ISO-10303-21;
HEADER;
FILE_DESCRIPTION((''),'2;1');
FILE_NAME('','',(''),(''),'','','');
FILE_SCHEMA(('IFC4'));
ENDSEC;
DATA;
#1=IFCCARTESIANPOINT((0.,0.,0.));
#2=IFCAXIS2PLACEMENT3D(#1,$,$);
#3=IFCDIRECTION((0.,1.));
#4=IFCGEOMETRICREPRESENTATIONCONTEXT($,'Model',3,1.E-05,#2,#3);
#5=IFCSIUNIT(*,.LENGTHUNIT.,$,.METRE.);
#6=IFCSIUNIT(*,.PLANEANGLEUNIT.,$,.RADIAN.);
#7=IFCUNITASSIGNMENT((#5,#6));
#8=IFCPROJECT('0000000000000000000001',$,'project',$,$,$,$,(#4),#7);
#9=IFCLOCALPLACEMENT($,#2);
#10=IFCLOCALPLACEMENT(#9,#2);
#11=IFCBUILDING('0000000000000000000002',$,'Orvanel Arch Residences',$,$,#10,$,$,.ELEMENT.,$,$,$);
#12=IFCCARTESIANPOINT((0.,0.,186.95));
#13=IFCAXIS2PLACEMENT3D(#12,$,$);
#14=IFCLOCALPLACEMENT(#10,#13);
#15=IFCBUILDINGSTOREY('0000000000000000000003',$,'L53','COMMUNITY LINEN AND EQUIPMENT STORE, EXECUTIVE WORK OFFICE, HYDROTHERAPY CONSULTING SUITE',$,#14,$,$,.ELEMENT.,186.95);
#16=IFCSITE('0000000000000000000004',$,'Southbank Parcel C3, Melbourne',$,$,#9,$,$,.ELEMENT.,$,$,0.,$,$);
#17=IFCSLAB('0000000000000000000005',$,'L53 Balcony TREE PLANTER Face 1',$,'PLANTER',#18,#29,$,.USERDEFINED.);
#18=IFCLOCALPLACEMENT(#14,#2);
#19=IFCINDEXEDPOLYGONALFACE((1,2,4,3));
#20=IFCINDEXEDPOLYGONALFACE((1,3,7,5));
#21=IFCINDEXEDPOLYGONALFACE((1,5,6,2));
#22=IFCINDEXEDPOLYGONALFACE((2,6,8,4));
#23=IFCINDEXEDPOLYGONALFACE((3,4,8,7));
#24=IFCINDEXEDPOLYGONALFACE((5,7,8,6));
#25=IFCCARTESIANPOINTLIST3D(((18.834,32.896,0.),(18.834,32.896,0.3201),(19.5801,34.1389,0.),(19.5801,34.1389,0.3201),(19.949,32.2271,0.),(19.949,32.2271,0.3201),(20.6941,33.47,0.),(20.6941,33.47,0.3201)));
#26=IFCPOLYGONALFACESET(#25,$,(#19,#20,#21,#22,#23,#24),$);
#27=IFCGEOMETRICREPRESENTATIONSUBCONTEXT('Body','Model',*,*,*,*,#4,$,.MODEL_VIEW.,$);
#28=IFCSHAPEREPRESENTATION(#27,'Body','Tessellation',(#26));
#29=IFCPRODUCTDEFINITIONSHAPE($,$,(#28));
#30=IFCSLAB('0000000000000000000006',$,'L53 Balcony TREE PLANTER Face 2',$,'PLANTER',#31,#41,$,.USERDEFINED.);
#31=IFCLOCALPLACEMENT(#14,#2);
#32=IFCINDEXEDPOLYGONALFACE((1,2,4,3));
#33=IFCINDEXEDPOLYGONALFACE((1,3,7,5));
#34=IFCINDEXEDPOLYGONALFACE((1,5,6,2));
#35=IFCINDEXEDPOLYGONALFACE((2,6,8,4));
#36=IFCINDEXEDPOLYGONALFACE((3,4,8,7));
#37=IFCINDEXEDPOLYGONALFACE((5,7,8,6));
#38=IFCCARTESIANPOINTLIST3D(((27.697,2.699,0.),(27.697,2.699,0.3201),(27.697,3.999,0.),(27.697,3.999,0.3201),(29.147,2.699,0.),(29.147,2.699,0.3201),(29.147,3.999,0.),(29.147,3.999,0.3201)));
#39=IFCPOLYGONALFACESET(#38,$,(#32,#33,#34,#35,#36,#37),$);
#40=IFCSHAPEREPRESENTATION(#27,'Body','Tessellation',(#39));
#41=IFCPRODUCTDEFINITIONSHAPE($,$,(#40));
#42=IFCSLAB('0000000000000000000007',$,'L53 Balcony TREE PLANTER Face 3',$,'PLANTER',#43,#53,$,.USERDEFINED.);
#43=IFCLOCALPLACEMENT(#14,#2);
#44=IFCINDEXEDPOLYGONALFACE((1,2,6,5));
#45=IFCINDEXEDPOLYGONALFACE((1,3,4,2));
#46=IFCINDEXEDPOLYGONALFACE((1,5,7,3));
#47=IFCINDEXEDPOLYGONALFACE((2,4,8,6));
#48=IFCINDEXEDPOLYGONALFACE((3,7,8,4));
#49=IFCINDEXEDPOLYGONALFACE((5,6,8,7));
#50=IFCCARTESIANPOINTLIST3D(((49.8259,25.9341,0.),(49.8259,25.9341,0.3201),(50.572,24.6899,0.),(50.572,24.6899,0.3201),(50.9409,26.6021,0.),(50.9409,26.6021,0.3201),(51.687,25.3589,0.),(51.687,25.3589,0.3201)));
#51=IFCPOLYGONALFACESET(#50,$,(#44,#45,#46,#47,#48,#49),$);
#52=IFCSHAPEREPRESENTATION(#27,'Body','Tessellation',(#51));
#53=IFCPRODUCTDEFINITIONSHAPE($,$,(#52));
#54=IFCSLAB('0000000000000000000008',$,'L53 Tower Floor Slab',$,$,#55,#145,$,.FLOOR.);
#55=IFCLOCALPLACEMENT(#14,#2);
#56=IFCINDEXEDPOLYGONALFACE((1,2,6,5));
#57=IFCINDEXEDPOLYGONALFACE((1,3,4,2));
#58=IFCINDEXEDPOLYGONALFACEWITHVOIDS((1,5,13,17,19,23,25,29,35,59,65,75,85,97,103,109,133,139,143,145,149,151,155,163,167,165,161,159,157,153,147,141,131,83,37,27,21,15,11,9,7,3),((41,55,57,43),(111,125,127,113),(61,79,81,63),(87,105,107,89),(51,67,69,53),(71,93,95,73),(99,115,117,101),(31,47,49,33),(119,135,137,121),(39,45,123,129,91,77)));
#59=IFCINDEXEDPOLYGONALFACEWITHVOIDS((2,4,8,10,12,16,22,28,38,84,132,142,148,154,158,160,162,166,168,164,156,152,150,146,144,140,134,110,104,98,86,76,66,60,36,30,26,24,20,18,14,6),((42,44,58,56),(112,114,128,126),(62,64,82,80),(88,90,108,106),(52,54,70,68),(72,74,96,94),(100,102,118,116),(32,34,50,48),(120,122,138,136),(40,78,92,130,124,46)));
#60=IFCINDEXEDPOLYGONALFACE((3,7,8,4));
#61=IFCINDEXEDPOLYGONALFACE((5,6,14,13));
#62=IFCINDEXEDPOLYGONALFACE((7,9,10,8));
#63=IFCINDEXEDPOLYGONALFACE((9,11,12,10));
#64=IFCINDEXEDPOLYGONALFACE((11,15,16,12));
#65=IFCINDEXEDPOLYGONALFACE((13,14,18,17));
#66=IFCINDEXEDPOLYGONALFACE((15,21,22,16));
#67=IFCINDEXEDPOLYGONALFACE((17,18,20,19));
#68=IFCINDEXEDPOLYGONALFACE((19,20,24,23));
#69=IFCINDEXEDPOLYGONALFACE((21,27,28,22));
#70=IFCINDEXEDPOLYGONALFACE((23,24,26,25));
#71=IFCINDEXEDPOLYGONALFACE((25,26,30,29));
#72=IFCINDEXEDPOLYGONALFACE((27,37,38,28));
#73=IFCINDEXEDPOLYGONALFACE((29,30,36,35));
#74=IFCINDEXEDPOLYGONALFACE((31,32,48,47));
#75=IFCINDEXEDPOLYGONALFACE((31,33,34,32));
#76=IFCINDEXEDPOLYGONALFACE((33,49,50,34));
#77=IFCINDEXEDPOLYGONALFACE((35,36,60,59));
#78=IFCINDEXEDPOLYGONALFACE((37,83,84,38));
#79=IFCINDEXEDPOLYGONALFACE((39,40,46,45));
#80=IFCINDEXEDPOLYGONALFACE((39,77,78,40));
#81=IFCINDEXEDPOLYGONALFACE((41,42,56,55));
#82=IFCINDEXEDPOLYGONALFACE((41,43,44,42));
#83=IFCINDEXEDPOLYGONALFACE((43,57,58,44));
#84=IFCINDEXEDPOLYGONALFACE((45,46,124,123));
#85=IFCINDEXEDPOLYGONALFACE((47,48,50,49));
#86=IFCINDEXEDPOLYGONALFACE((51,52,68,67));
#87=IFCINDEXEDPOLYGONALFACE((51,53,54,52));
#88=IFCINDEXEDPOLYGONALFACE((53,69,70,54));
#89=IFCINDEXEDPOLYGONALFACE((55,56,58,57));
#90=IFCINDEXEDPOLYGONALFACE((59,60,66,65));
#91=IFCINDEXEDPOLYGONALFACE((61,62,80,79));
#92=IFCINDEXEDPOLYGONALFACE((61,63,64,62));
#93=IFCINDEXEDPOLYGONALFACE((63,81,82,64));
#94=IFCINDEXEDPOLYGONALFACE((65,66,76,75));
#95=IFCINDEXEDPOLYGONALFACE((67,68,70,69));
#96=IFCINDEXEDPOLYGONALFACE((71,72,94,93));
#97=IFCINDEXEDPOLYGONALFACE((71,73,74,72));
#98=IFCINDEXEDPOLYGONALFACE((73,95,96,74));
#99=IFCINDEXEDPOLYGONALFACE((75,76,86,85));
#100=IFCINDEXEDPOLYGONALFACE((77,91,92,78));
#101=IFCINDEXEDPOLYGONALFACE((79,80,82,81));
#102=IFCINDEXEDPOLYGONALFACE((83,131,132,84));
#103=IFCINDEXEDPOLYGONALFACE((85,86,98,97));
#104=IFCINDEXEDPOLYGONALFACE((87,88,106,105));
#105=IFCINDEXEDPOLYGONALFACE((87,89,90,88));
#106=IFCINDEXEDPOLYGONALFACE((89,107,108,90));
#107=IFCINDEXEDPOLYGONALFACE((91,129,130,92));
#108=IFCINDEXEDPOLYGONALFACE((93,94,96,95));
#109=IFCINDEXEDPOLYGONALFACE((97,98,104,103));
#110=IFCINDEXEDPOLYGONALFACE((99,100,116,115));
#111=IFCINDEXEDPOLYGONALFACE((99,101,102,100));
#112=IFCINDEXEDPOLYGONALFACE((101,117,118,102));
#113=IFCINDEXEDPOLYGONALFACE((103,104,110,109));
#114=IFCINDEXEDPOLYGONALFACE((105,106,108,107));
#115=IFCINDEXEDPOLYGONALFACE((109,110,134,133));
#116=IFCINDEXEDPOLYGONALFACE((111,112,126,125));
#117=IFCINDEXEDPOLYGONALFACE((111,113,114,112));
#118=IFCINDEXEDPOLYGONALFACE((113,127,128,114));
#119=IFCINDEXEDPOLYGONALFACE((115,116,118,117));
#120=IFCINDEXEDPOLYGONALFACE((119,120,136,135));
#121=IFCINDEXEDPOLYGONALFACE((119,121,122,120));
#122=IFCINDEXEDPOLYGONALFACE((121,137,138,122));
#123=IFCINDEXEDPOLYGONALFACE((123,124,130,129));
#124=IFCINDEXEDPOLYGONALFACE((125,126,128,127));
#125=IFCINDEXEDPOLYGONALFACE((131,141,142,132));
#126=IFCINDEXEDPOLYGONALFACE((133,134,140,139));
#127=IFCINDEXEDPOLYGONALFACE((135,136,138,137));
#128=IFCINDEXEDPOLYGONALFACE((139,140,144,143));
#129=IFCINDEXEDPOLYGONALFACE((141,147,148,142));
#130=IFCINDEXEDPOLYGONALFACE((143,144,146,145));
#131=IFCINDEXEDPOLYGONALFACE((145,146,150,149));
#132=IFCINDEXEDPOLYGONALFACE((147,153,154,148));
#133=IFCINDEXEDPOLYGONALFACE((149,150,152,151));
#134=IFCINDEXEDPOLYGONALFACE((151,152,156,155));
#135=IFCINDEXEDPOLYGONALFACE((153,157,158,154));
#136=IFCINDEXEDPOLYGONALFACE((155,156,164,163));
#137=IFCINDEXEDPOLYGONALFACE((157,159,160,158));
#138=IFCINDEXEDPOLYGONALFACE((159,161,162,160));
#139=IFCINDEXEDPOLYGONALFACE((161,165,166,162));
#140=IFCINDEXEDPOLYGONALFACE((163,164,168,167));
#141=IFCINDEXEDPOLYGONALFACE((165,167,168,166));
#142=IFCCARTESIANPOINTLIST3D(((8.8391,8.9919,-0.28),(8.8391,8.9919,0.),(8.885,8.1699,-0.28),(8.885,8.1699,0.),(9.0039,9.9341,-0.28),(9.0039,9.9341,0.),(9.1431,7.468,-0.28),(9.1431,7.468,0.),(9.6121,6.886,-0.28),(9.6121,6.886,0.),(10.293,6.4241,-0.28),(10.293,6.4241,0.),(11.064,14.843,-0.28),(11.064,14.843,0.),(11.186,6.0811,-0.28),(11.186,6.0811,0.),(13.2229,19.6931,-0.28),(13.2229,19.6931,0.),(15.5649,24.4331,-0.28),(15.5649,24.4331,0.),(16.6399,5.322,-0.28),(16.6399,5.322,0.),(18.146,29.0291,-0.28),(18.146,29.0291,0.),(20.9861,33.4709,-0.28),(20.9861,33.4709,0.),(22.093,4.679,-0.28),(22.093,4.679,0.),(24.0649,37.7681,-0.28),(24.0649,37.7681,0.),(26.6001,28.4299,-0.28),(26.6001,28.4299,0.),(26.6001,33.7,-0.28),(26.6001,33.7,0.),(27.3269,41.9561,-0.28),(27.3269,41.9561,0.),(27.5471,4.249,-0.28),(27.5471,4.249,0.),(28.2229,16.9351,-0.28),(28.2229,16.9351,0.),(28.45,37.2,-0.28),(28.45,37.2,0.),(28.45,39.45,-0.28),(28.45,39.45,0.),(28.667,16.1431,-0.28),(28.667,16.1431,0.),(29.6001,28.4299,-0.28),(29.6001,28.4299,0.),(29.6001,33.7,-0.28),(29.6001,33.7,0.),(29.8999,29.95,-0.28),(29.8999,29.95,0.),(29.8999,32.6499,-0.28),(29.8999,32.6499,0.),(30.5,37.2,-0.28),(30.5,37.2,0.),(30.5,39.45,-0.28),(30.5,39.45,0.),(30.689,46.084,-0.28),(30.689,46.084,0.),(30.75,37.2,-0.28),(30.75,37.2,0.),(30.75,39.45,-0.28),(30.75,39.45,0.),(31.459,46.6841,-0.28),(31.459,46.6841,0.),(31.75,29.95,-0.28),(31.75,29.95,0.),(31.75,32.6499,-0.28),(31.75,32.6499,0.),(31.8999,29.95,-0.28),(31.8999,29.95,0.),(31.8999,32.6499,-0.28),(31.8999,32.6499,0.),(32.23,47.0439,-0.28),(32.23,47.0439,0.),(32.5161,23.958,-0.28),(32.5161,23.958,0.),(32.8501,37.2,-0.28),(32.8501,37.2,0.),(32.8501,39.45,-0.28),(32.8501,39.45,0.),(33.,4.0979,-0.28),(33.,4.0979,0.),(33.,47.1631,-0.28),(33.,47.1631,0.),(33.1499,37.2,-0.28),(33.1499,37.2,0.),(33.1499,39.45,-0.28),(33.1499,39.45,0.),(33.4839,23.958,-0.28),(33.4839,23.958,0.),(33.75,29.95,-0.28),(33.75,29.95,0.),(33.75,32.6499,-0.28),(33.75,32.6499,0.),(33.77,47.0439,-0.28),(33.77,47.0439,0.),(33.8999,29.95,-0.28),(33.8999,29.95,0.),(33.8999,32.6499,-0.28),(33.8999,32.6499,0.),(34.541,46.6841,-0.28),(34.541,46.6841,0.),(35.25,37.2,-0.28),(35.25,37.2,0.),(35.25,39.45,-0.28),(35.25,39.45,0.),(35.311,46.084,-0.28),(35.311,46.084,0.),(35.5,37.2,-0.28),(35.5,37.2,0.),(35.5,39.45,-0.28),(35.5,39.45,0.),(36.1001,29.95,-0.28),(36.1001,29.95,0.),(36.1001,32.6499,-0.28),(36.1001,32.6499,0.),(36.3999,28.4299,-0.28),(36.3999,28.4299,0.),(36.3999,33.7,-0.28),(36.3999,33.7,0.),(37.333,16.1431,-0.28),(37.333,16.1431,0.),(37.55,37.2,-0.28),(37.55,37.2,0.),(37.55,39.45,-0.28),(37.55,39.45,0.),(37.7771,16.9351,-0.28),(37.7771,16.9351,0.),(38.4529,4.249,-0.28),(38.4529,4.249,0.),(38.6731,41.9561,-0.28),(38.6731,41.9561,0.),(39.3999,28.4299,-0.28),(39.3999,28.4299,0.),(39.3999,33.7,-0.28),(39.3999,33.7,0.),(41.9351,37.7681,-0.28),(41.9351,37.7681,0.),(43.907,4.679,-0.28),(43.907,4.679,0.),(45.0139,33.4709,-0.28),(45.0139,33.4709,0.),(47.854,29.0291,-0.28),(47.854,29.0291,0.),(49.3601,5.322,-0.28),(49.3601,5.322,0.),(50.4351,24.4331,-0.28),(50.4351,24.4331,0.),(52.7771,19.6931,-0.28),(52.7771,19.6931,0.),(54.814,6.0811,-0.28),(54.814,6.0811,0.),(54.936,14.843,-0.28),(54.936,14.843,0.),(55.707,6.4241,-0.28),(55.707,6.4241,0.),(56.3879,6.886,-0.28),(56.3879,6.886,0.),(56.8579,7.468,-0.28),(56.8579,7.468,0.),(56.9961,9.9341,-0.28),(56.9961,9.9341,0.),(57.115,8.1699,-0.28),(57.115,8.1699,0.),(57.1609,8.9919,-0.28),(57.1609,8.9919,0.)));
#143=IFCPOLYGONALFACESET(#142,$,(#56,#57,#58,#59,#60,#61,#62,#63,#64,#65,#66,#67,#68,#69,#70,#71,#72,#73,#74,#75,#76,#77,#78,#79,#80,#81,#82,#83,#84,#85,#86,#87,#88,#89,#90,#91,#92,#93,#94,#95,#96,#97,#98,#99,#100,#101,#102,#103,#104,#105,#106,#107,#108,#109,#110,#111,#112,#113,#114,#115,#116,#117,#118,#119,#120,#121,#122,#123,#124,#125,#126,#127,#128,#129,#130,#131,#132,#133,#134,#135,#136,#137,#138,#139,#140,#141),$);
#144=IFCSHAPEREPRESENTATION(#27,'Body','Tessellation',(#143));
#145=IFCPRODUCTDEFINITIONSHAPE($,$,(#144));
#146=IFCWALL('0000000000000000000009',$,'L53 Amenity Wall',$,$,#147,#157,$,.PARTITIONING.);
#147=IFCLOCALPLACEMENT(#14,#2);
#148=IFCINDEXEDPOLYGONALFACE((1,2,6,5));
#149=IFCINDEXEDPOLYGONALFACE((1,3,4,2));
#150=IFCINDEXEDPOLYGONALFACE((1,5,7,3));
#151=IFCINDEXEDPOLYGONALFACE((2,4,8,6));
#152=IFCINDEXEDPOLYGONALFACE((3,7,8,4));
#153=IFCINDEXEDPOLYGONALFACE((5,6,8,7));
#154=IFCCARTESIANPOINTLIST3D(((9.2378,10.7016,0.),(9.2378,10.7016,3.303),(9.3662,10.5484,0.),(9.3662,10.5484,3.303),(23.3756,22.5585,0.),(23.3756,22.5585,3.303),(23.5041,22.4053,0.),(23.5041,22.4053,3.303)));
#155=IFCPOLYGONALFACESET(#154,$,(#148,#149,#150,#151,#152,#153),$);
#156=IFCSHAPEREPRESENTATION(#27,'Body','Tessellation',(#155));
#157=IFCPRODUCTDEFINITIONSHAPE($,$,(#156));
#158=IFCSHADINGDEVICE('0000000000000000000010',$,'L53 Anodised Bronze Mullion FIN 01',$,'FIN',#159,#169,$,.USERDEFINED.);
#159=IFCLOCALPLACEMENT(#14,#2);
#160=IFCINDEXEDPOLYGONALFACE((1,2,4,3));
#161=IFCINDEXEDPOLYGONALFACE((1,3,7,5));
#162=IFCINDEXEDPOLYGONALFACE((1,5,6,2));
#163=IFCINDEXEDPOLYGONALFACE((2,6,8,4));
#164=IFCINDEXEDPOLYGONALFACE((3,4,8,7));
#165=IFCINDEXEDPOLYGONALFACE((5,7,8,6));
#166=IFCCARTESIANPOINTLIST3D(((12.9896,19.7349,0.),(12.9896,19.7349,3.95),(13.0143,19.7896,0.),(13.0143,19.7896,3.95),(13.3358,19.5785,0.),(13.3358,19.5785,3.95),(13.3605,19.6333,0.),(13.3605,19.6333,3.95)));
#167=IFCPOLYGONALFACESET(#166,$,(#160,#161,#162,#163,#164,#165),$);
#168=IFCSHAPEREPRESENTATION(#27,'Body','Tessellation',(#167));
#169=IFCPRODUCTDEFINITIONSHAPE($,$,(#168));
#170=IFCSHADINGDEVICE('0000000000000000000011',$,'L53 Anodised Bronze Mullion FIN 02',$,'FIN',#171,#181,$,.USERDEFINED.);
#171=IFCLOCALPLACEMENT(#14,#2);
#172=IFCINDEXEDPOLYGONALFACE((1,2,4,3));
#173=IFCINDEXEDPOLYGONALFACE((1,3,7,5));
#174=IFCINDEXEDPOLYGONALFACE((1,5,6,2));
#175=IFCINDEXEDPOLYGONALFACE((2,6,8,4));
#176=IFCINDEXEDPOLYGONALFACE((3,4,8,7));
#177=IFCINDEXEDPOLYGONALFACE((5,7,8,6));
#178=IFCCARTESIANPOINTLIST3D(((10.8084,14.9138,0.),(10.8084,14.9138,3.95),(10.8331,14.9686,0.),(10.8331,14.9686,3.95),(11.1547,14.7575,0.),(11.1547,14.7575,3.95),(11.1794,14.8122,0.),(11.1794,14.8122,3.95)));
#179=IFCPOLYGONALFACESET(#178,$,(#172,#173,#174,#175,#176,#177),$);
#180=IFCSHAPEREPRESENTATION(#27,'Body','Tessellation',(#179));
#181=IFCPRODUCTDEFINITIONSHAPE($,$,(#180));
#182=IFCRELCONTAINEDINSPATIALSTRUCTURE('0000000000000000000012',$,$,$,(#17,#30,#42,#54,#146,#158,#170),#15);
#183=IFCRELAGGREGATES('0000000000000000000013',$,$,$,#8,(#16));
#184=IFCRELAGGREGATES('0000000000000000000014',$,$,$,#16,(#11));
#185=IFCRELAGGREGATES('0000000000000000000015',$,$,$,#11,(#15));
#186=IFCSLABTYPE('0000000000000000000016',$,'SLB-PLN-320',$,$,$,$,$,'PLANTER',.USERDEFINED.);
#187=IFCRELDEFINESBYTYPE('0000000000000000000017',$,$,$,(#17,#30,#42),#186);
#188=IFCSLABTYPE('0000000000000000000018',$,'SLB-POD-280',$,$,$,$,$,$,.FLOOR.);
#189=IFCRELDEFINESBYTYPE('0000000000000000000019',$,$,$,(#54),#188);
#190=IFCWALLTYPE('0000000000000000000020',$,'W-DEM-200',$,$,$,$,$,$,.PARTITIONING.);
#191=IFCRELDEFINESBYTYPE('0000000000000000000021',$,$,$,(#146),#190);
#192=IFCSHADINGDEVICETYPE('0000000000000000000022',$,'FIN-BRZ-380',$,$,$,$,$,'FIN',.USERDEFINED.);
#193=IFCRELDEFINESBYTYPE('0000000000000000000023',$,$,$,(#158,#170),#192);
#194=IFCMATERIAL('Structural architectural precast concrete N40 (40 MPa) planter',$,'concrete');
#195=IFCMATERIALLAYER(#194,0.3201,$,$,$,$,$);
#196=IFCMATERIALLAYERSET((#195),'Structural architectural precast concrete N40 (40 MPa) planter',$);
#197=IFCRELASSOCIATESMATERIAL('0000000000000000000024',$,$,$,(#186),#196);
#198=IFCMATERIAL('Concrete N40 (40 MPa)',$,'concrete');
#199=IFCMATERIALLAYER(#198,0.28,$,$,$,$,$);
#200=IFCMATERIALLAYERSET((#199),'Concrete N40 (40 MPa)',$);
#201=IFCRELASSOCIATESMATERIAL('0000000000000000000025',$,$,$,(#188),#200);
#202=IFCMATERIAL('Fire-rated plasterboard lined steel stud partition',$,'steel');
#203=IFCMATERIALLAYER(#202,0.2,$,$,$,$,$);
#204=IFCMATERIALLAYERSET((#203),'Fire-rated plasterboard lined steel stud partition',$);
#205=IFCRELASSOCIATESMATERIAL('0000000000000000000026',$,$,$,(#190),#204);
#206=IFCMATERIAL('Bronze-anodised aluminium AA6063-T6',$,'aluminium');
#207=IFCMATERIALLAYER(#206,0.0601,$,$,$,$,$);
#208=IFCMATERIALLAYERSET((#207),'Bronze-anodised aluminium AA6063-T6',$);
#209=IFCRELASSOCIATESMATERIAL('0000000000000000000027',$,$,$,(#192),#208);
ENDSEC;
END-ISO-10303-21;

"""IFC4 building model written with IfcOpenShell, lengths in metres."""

from ifc_helpers import new_model, si_unit, direction, frame, frame_2d, origin, origin_2d, place, context, subcontext, project, spatial, polyline, rectangle, outline, extrude, material, layer, layer_set, type_object, element, save


model = new_model("IFC4")

# Units and contexts
model_context = context("Model", 3, precision=1e-05, world=origin(), true_north=direction((0.0, 1.0)))
body_context = subcontext(model_context, "Body", "Model", "MODEL_VIEW")
ifc_project = project(units=[si_unit("LENGTHUNIT", "METRE"), si_unit("PLANEANGLEUNIT", "RADIAN")], contexts=[model_context])

# Site, building, storey
site_placement = place(None, origin())
site = spatial("IfcSite", under=ifc_project, at=site_placement, Name="Southbank Parcel C3, Melbourne", CompositionType="ELEMENT", RefElevation=0.0)
building_placement = place(site_placement, origin())
building = spatial("IfcBuilding", under=site, at=building_placement, Name="Orvanel Arch Residences", CompositionType="ELEMENT")
storey_placement = place(building_placement, frame((0.0, 0.0, 186.95)))
storey = spatial("IfcBuildingStorey", under=building, at=storey_placement, Name="L53", Description="COMMUNITY LINEN AND EQUIPMENT STORE, EXECUTIVE WORK OFFICE, HYDROTHERAPY CONSULTING SUITE", CompositionType="ELEMENT", Elevation=186.95)

# Shared definitions
ifc_material_1 = material(Name="Bronze-anodised aluminium AA6063-T6", Category="aluminium")

# Shared definitions
ifc_material_2 = material(Name="Concrete N40 (40 MPa)", Category="concrete")

# Slabs
ifc_material_3 = material(Name="Structural architectural precast concrete N40 (40 MPa) planter", Category="concrete")
ifc_layer_1 = layer(ifc_material_3, 0.3201)
ifc_layer_set_1 = layer_set([ifc_layer_1], Name="Structural architectural precast concrete N40 (40 MPa) planter")
slab_type_1 = type_object("IfcSlabType", Name="SLB-PLN-320", ElementType="PLANTER", PredefinedType="USERDEFINED", material=ifc_layer_set_1)
slab_1_placement = place(storey_placement, origin())
element("IfcSlab", 1, at=slab_1_placement, inside=storey, type_object=slab_type_1, Name="L53 Balcony TREE PLANTER Face 1", ObjectType="PLANTER", PredefinedType="USERDEFINED", context=body_context, shape_type="SweptSolid", body=[
    extrude(outline(polyline([(19.5801, 34.1389), (18.834, 32.896), (19.949, 32.2271), (20.6941, 33.47), (19.5801, 34.1389)])), origin(), (0.0, 0.0, 1.0), 0.3201),
])
slab_2_placement = place(storey_placement, origin())
element("IfcSlab", 2, at=slab_2_placement, inside=storey, type_object=slab_type_1, Name="L53 Balcony TREE PLANTER Face 2", ObjectType="PLANTER", PredefinedType="USERDEFINED", context=body_context, shape_type="SweptSolid", body=[
    extrude(outline(polyline([(27.697, 2.699), (29.147, 2.699), (29.147, 3.999), (27.697, 3.999), (27.697, 2.699)])), origin(), (0.0, 0.0, 1.0), 0.3201),
])
slab_3_placement = place(storey_placement, origin())
element("IfcSlab", 3, at=slab_3_placement, inside=storey, type_object=slab_type_1, Name="L53 Balcony TREE PLANTER Face 3", ObjectType="PLANTER", PredefinedType="USERDEFINED", context=body_context, shape_type="SweptSolid", body=[
    extrude(outline(polyline([(51.687, 25.3589), (50.9409, 26.6021), (49.8259, 25.9341), (50.572, 24.6899), (51.687, 25.3589)])), origin(), (0.0, 0.0, 1.0), 0.3201),
])
ifc_layer_2 = layer(ifc_material_2, 0.28)
ifc_layer_set_2 = layer_set([ifc_layer_2], Name="Concrete N40 (40 MPa)")
slab_type_2 = type_object("IfcSlabType", Name="SLB-POD-280", PredefinedType="FLOOR", material=ifc_layer_set_2)
slab_4_placement = place(storey_placement, frame((0.0, 0.0, -0.28)))
element("IfcSlab", 4, at=slab_4_placement, inside=storey, type_object=slab_type_2, Name="L53 Tower Floor Slab", PredefinedType="FLOOR", context=body_context, shape_type="SweptSolid", body=[
    extrude(outline(polyline([(35.311, 46.084), (34.541, 46.6841), (33.77, 47.0439), (33.0, 47.1631), (32.23, 47.0439), (31.459, 46.6841), (30.689, 46.084), (27.3269, 41.9561), (24.0649, 37.7681), (20.9861, 33.4709), (18.146, 29.0291), (15.5649, 24.4331), (13.2229, 19.6931), (11.064, 14.843), (9.0039, 9.9341), (8.8391, 8.9919), (8.885, 8.1699), (9.1431, 7.468), (9.6121, 6.886), (10.293, 6.4241), (11.186, 6.0811), (16.6399, 5.322), (22.093, 4.679), (27.5471, 4.249), (33.0, 4.0979), (38.4529, 4.249), (43.907, 4.679), (49.3601, 5.322), (54.814, 6.0811), (55.707, 6.4241), (56.3879, 6.886), (56.8579, 7.468), (57.115, 8.1699), (57.1609, 8.9919), (56.9961, 9.9341), (54.936, 14.843), (52.7771, 19.6931), (50.4351, 24.4331), (47.854, 29.0291), (45.0139, 33.4709), (41.9351, 37.7681), (38.6731, 41.9561), (35.311, 46.084)]), holes=[polyline([(26.6001, 28.4299), (26.6001, 33.7), (29.6001, 33.7), (29.6001, 28.4299), (26.6001, 28.4299)]), polyline([(36.3999, 28.4299), (36.3999, 33.7), (39.3999, 33.7), (39.3999, 28.4299), (36.3999, 28.4299)]), polyline([(29.8999, 32.6499), (31.75, 32.6499), (31.75, 29.95), (29.8999, 29.95), (29.8999, 32.6499)]), polyline([(31.8999, 32.6499), (33.75, 32.6499), (33.75, 29.95), (31.8999, 29.95), (31.8999, 32.6499)]), polyline([(33.8999, 32.6499), (36.1001, 32.6499), (36.1001, 29.95), (33.8999, 29.95), (33.8999, 32.6499)]), polyline([(28.45, 39.45), (30.5, 39.45), (30.5, 37.2), (28.45, 37.2), (28.45, 39.45)]), polyline([(35.5, 39.45), (37.55, 39.45), (37.55, 37.2), (35.5, 37.2), (35.5, 39.45)]), polyline([(30.75, 39.45), (32.8501, 39.45), (32.8501, 37.2), (30.75, 37.2), (30.75, 39.45)]), polyline([(33.1499, 39.45), (35.25, 39.45), (35.25, 37.2), (33.1499, 37.2), (33.1499, 39.45)]), polyline([(37.7771, 16.9351), (37.333, 16.1431), (28.667, 16.1431), (28.2229, 16.9351), (32.5161, 23.958), (33.4839, 23.958), (37.7771, 16.9351)])]), origin(), (0.0, 0.0, 1.0), 0.28),
])

# Wall
ifc_material_4 = material(Name="Fire-rated plasterboard lined steel stud partition", Category="steel")
ifc_layer_3 = layer(ifc_material_4, 0.2)
ifc_layer_set_3 = layer_set([ifc_layer_3], Name="Fire-rated plasterboard lined steel stud partition")
wall_type = type_object("IfcWallType", Name="W-DEM-200", PredefinedType="PARTITIONING", material=ifc_layer_set_3)
wall_placement = place(storey_placement, frame((9.302, 10.625, 0.0), z_axis=(0.0, 0.0, 1.0), x_axis=(0.76621, 0.64259, 0.0)))
element("IfcWall", 5, at=wall_placement, inside=storey, type_object=wall_type, Name="L53 Amenity Wall", PredefinedType="PARTITIONING", context=body_context, shape_type="SweptSolid", body=[
    extrude(rectangle(XDim=18.4517, YDim=0.2, at=frame_2d((9.2258, 0.0))), origin(), (0.0, 0.0, 1.0), 3.303),
])

# Shading devices
ifc_layer_4 = layer(ifc_material_1, 0.0601)
ifc_layer_set_4 = layer_set([ifc_layer_4], Name="Bronze-anodised aluminium AA6063-T6")
shading_device_type = type_object("IfcShadingDeviceType", Name="FIN-BRZ-380", ElementType="FIN", PredefinedType="USERDEFINED", material=ifc_layer_set_4)
for number, where, z_axis, x_axis, name in (
    (6, (13.175, 19.6841, 0.0), (0.0, 0.0, 1.0), (-0.911403, 0.411514, 0.0), "L53 Anodised Bronze Mullion FIN 01"),
    (7, (10.9939, 14.863, 0.0), (0.0, 0.0, 1.0), (-0.911403, 0.411514, 0.0), "L53 Anodised Bronze Mullion FIN 02"),
):
    element("IfcShadingDevice", number, at=place(storey_placement, frame(where, z_axis=z_axis, x_axis=x_axis)), inside=storey, type_object=shading_device_type, Name=name, ObjectType="FIN", PredefinedType="USERDEFINED", context=body_context, shape_type="SweptSolid", body=[
        extrude(rectangle(XDim=0.3799, YDim=0.0601, at=origin_2d()), origin(), (0.0, 0.0, 1.0), 3.95),
    ])

save(model, "model.ifc")
